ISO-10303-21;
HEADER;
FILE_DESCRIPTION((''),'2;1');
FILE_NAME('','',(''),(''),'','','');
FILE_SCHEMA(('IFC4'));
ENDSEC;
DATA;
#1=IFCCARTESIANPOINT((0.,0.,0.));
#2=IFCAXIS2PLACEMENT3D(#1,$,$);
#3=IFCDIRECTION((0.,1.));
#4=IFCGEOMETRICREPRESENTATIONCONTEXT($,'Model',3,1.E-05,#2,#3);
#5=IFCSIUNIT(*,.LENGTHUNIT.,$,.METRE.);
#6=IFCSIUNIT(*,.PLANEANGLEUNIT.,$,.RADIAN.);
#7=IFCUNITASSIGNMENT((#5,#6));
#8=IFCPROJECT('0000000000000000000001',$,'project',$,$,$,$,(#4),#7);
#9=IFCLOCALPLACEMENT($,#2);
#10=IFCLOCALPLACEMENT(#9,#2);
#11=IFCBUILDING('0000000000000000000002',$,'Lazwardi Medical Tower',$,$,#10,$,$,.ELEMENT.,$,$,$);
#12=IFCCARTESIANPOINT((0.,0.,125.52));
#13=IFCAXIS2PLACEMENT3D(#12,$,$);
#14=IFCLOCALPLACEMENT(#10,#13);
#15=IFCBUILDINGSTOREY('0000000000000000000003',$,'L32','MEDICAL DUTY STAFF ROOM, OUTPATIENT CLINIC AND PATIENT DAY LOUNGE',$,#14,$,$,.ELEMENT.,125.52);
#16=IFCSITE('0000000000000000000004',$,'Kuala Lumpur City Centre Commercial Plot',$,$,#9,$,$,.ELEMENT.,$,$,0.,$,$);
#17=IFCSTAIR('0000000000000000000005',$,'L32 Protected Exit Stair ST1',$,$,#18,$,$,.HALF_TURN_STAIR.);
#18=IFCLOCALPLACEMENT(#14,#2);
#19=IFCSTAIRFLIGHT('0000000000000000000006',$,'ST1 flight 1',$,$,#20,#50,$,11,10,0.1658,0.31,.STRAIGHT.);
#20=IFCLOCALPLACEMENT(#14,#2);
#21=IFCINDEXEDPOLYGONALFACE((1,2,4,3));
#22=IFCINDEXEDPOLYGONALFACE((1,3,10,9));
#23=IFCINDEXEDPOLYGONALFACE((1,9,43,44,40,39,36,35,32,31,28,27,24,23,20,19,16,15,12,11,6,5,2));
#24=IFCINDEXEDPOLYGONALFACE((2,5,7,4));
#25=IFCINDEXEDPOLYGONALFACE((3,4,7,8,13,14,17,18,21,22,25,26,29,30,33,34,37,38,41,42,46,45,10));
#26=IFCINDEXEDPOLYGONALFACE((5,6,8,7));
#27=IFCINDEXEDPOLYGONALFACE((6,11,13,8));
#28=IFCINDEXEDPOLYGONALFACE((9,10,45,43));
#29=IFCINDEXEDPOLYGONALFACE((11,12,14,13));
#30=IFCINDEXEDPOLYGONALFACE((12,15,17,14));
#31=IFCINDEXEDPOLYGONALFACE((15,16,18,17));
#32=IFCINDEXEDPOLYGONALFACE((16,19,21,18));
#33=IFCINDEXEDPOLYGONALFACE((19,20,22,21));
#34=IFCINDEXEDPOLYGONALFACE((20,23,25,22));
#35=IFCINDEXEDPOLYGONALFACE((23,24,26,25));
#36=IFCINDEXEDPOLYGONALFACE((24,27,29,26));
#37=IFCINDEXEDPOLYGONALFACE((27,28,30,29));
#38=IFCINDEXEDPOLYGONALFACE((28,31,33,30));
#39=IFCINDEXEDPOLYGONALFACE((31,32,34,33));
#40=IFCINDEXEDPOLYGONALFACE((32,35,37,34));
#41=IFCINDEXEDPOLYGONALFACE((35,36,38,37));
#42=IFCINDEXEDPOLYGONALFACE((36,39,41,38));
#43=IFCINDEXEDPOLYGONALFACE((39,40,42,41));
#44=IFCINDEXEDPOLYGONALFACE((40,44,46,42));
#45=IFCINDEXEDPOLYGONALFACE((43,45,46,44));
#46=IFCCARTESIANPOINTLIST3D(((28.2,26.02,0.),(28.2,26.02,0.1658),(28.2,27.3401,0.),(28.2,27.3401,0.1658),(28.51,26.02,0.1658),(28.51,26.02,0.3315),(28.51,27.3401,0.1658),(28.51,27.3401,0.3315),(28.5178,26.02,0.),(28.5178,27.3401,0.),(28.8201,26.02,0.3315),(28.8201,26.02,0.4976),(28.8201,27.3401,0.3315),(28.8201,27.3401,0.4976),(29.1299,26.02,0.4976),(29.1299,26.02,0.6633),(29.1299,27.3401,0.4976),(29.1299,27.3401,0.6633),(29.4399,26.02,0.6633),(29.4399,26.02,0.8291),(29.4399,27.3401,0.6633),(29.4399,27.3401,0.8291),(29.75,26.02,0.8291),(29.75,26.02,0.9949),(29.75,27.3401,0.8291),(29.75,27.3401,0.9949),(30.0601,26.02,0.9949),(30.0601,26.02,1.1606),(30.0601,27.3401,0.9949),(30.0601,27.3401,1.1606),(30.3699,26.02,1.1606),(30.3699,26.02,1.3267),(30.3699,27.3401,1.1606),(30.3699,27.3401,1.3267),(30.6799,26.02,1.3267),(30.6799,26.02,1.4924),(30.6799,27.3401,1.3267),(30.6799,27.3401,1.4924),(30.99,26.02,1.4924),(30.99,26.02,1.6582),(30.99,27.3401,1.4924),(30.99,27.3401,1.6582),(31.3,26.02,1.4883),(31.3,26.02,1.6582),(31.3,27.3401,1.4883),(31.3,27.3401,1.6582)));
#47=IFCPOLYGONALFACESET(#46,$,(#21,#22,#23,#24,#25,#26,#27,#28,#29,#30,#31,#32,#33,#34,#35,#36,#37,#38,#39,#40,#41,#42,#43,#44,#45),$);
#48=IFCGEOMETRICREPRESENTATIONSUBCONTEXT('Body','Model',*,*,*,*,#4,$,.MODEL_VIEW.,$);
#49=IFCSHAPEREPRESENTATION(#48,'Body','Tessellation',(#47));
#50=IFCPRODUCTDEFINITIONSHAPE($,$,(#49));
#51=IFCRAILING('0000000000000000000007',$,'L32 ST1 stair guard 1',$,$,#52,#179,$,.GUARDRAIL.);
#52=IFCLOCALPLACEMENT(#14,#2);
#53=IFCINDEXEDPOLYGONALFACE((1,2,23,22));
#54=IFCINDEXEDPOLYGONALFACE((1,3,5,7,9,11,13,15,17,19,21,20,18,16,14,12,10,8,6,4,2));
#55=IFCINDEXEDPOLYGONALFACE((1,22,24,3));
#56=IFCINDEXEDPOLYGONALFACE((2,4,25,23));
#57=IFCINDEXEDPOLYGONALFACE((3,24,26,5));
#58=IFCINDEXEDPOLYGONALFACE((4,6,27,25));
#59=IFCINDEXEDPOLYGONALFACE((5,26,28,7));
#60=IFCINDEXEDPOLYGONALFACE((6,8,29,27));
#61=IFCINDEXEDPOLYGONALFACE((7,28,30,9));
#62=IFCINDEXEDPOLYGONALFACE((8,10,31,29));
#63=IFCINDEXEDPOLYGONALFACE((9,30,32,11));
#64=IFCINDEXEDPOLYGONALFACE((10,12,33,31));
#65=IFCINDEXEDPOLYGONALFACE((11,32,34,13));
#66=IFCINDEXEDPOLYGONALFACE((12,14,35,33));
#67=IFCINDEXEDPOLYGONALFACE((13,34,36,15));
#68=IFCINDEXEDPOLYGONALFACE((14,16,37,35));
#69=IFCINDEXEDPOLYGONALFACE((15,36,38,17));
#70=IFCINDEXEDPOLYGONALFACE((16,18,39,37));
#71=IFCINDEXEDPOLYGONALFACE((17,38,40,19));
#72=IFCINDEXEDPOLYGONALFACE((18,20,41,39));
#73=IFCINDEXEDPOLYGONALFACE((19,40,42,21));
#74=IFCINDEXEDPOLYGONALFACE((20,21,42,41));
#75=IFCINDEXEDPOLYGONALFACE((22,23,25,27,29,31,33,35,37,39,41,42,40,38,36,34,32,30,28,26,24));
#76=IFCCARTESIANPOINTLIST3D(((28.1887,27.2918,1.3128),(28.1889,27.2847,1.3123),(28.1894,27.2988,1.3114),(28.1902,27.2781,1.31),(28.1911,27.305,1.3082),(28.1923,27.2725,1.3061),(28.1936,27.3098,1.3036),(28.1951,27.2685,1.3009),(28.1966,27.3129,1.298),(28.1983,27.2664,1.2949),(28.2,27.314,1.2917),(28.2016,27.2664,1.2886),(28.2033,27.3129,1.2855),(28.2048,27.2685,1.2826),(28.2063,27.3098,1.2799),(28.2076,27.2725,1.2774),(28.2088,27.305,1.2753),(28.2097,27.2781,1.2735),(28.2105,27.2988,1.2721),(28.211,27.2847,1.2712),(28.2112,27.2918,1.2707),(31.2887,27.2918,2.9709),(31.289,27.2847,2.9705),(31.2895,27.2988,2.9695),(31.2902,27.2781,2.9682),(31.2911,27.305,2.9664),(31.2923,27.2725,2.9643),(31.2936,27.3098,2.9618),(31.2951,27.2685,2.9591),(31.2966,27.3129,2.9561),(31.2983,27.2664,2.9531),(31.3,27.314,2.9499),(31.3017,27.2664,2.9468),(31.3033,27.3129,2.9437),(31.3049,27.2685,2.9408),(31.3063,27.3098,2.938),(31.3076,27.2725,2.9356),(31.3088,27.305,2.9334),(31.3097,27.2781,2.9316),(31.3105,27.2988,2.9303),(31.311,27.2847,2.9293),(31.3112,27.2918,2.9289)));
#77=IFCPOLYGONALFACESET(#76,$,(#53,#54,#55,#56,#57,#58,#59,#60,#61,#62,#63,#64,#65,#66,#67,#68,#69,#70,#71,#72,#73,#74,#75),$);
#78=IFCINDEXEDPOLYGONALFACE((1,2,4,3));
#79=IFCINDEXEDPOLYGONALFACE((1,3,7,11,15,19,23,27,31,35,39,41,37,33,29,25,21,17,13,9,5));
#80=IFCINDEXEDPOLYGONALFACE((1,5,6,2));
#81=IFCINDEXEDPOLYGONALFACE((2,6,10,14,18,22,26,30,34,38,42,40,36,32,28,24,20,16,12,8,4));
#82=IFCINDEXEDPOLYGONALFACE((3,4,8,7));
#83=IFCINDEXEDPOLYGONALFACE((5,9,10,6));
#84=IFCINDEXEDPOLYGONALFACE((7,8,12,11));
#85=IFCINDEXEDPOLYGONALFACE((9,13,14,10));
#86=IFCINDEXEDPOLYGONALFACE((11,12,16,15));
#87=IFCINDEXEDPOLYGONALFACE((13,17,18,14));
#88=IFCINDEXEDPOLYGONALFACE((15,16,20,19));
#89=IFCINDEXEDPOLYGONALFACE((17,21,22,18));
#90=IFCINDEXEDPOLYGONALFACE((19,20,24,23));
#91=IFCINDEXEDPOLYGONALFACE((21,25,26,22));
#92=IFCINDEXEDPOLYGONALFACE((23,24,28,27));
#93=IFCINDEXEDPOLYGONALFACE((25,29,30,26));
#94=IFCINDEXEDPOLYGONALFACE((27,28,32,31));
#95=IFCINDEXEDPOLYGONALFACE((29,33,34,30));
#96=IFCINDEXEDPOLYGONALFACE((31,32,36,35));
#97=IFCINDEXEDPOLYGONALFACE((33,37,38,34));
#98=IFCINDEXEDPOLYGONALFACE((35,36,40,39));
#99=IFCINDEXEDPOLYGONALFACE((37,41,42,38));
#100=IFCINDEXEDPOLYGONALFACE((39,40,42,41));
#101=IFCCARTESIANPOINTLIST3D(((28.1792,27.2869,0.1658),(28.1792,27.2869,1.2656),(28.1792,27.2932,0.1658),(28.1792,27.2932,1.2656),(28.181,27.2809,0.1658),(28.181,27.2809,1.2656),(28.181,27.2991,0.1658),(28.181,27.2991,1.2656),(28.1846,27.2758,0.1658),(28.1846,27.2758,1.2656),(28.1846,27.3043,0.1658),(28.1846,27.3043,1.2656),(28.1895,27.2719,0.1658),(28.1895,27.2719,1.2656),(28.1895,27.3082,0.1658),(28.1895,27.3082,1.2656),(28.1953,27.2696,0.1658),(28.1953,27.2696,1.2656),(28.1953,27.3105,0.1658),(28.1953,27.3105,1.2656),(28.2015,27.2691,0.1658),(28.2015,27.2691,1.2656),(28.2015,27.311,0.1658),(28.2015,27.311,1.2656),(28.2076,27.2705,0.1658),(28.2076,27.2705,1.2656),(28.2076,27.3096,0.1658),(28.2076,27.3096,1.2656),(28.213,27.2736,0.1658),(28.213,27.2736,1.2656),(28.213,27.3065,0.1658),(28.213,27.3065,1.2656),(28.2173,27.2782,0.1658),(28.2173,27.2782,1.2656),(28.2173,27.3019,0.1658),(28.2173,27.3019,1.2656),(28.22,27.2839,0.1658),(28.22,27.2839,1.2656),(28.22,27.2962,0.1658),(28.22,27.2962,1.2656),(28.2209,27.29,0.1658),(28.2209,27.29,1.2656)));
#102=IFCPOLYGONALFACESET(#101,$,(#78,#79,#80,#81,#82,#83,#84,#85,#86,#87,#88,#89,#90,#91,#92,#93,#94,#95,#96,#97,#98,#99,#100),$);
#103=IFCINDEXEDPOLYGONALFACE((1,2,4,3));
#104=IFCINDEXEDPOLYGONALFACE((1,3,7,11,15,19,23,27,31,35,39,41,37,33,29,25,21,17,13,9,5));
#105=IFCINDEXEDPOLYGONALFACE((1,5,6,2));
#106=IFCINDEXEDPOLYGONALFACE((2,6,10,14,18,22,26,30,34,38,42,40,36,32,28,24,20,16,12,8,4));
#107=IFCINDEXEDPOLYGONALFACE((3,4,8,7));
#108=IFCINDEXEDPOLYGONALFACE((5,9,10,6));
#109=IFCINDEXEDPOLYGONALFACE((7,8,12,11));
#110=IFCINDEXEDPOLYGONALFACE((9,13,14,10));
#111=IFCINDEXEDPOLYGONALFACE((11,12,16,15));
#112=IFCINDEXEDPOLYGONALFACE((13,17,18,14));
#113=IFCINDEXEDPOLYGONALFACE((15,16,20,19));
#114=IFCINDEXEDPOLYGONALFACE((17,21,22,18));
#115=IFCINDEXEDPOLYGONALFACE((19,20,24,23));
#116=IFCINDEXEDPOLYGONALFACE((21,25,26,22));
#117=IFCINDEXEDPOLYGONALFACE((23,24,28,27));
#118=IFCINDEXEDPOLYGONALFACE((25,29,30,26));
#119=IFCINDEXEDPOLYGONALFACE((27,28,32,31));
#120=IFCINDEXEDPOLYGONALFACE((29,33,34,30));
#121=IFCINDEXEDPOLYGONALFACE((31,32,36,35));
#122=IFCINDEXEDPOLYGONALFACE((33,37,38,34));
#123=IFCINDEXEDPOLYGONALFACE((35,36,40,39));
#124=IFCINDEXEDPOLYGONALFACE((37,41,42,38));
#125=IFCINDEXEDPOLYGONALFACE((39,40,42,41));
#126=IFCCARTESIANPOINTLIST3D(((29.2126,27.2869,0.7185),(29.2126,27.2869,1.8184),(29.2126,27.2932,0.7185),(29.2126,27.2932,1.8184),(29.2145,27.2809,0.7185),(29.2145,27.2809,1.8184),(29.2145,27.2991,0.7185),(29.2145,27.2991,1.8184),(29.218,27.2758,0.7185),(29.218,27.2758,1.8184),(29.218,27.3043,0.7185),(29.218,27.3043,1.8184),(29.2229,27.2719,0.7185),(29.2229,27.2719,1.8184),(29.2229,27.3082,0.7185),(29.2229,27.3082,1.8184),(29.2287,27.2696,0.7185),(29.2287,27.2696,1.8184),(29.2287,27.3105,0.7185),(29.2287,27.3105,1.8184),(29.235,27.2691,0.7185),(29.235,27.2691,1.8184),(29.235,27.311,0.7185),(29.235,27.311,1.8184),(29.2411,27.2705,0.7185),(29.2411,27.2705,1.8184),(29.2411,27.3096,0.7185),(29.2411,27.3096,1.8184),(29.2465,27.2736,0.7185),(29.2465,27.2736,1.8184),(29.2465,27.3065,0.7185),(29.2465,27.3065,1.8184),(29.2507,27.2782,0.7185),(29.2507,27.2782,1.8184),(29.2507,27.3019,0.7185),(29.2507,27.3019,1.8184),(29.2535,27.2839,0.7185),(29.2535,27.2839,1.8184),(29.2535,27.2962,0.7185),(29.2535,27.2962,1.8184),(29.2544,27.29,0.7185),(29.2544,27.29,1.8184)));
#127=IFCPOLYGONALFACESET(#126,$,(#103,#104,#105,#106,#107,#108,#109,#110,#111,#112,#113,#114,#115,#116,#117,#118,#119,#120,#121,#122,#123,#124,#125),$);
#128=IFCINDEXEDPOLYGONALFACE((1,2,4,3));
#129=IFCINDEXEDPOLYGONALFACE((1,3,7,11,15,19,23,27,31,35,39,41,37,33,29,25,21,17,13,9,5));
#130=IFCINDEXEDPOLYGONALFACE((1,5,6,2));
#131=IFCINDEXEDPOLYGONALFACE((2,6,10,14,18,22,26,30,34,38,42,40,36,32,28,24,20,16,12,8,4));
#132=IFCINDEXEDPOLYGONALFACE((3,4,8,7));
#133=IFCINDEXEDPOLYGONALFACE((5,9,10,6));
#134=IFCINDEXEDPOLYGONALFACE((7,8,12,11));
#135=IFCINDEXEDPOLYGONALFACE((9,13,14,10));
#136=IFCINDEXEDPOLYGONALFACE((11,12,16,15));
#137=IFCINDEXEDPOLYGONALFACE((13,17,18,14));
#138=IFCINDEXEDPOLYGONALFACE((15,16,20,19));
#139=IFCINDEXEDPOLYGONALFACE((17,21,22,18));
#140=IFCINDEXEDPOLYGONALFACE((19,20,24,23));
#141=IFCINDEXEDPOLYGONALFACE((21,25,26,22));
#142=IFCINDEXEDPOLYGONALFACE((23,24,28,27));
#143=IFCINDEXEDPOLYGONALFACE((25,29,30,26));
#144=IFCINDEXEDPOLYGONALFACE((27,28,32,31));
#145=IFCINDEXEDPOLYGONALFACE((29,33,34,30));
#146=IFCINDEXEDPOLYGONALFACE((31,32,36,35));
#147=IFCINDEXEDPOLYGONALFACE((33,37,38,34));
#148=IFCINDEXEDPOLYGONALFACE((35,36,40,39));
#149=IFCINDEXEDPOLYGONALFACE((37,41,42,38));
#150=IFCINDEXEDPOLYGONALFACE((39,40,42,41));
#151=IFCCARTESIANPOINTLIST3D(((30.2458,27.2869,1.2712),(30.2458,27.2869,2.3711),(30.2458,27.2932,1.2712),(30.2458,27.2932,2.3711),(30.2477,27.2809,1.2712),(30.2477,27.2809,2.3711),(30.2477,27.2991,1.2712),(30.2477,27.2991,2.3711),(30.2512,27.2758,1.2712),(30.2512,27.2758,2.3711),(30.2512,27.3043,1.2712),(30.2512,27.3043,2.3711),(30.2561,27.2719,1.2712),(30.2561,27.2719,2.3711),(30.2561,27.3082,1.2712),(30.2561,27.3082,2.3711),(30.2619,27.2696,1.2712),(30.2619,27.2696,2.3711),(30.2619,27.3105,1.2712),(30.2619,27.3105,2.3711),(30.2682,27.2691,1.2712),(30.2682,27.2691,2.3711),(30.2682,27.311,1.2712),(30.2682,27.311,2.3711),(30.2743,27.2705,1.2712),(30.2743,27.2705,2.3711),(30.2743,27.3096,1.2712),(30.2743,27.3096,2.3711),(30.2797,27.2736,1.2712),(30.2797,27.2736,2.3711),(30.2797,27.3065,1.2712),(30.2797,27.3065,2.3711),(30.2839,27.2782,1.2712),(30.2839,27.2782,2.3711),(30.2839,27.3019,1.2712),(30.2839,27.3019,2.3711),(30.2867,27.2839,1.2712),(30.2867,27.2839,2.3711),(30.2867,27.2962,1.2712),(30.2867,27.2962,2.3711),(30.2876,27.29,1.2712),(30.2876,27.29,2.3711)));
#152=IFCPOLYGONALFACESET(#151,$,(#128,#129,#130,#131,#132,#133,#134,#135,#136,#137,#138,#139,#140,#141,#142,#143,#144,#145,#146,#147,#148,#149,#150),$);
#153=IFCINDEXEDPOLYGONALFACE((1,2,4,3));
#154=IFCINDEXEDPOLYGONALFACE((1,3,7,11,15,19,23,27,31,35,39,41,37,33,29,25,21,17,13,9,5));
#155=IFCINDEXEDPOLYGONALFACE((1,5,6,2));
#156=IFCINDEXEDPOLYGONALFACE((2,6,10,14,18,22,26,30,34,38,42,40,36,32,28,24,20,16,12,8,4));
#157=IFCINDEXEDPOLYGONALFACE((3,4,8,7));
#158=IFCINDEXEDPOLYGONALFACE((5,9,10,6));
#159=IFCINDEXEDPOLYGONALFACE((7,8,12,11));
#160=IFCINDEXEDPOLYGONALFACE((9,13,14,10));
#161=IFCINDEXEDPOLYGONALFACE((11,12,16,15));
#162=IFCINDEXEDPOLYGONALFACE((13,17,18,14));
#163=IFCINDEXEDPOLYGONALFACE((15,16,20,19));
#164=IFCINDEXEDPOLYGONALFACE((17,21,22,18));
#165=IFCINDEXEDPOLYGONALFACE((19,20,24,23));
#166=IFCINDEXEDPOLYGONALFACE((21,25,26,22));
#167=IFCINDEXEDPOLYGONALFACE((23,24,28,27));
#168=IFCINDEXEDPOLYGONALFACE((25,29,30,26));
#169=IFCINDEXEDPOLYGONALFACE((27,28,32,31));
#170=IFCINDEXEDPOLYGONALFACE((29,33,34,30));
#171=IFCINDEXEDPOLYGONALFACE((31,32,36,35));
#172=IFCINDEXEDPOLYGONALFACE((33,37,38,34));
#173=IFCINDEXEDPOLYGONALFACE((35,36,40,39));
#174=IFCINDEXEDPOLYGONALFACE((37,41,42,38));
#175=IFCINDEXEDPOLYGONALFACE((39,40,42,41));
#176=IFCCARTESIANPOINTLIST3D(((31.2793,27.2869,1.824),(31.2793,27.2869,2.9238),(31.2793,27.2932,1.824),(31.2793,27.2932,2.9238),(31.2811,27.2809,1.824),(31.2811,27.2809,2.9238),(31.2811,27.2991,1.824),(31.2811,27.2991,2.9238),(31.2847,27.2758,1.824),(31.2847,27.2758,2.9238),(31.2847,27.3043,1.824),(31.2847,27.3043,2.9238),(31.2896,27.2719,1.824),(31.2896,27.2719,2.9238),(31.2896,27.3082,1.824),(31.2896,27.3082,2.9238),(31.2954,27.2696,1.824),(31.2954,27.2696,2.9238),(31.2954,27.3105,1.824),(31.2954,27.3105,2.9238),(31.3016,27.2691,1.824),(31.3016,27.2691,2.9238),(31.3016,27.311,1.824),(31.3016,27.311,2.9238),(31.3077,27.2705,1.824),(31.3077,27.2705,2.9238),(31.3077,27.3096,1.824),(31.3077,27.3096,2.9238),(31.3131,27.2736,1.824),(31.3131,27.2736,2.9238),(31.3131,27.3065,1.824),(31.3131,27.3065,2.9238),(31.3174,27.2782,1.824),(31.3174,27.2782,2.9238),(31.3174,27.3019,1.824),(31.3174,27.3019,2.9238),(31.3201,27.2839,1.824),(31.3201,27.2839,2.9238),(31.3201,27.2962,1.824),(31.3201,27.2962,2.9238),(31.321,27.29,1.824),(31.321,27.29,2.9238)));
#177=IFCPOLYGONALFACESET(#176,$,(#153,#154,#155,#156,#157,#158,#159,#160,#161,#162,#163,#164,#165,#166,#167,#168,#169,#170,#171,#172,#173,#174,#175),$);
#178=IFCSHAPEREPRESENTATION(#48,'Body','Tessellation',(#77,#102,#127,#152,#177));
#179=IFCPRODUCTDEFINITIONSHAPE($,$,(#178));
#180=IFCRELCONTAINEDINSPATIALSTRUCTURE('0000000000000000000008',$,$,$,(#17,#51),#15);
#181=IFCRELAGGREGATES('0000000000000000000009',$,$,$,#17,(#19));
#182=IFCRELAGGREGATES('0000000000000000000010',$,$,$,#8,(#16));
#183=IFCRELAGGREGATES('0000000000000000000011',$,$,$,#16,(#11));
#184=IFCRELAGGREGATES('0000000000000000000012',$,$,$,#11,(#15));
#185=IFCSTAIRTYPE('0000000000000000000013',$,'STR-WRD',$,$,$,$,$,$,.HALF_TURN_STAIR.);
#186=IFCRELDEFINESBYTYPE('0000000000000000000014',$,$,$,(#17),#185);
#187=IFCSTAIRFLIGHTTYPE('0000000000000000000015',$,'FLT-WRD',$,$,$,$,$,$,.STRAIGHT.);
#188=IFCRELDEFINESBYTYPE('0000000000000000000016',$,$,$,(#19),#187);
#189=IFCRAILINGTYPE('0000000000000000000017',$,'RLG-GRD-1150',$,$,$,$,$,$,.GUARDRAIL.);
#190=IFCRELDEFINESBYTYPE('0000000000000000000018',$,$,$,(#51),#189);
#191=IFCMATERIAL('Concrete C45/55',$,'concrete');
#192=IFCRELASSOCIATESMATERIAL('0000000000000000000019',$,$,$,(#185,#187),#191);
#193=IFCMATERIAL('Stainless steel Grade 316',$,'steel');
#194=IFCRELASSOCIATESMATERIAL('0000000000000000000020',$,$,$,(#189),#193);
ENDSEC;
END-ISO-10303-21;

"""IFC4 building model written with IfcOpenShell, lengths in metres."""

from ifc_helpers import new_model, si_unit, direction, frame, origin, origin_2d, place, context, subcontext, project, spatial, polyline, circle, outline, extrude, material, type_object, element, aggregate, save


model = new_model("IFC4")

# Units and contexts
model_context = context("Model", 3, precision=1e-05, world=origin(), true_north=direction((0.0, 1.0)))
body_context = subcontext(model_context, "Body", "Model", "MODEL_VIEW")
ifc_project = project(units=[si_unit("LENGTHUNIT", "METRE"), si_unit("PLANEANGLEUNIT", "RADIAN")], contexts=[model_context])

# Site, building, storey
site_placement = place(None, origin())
site = spatial("IfcSite", under=ifc_project, at=site_placement, Name="Kuala Lumpur City Centre Commercial Plot", CompositionType="ELEMENT", RefElevation=0.0)
building_placement = place(site_placement, origin())
building = spatial("IfcBuilding", under=site, at=building_placement, Name="Lazwardi Medical Tower", CompositionType="ELEMENT")
storey_placement = place(building_placement, frame((0.0, 0.0, 125.52)))
storey = spatial("IfcBuildingStorey", under=building, at=storey_placement, Name="L32", Description="MEDICAL DUTY STAFF ROOM, OUTPATIENT CLINIC AND PATIENT DAY LOUNGE", CompositionType="ELEMENT", Elevation=125.52)

# Stair, stair flight
ifc_material_1 = material(Name="Concrete C45/55", Category="concrete")
stair_type = type_object("IfcStairType", Name="STR-WRD", PredefinedType="HALF_TURN_STAIR", material=ifc_material_1)
stair_placement = place(storey_placement, origin())
stair = element("IfcStair", 1, at=stair_placement, inside=storey, type_object=stair_type, Name="L32 Protected Exit Stair ST1", PredefinedType="HALF_TURN_STAIR")
stair_flight_type = type_object("IfcStairFlightType", Name="FLT-WRD", PredefinedType="STRAIGHT", material=ifc_material_1)
stair_flight_placement = place(storey_placement, frame((28.2, 26.6799, 0.0), z_axis=(0.0, 0.0, 1.0), x_axis=(1.0, 0.0, 0.0)))
stair_flight = element("IfcStairFlight", 2, at=stair_flight_placement, type_object=stair_flight_type, Name="ST1 flight 1", NumberOfRisers=11, NumberOfTreads=10, PredefinedType="STRAIGHT", RiserHeight=0.1658, TreadLength=0.31, context=body_context, shape_type="SweptSolid", body=[
    extrude(outline(polyline([(0.0, 0.0), (0.0, 0.1658), (0.3101, 0.1658), (0.3101, 0.3315), (0.6201, 0.3315), (0.6201, 0.4976), (0.9299, 0.4976), (0.9299, 0.6633), (1.24, 0.6633), (1.24, 0.8291), (1.55, 0.8291), (1.55, 0.9949), (1.8601, 0.9949), (1.8601, 1.1606), (2.1699, 1.1606), (2.1699, 1.3267), (2.48, 1.3267), (2.48, 1.4924), (2.79, 1.4924), (2.79, 1.6582), (3.1001, 1.6582), (3.1001, 1.824), (3.1001, 1.4883), (0.3179, 0.0), (0.0, 0.0)])), frame((0.0, 0.6602, 0.0), z_axis=(0.0, -1.0, 0.0), x_axis=(1.0, 0.0, 0.0)), (0.0, 0.0, 1.0), 1.3201),
])
aggregate(stair, [stair_flight])

# Railing
ifc_material_2 = material(Name="Stainless steel Grade 316", Category="steel")
railing_type_1 = type_object("IfcRailingType", Name="RLG-GRD-1150", PredefinedType="GUARDRAIL", material=ifc_material_2)
railing_1_placement = place(storey_placement, frame((28.2, 27.29, 0.1658)))
element("IfcRailing", 3, at=railing_1_placement, inside=storey, type_object=railing_type_1, Name="L32 ST1 stair guard 1", PredefinedType="GUARDRAIL", context=body_context, shape_type="SweptSolid", body=[
    extrude(circle(Radius=0.0239, at=origin_2d()), frame((0.0, 0.0, 1.126), z_axis=(0.881783, 0.0, 0.471655), x_axis=(0.0, 1.0, 0.0)), (0.0, 0.0, 1.0), 3.5156),
    extrude(circle(Radius=0.021, at=origin_2d()), origin(), (0.0, 0.0, 1.0), 1.0999),
    extrude(circle(Radius=0.021, at=origin_2d()), frame((1.0334, 0.0, 0.5527)), (0.0, 0.0, 1.0), 1.0999),
    extrude(circle(Radius=0.021, at=origin_2d()), frame((2.0667, 0.0, 1.1055)), (0.0, 0.0, 1.0), 1.0999),
    extrude(circle(Radius=0.021, at=origin_2d()), frame((3.1001, 0.0, 1.6582)), (0.0, 0.0, 1.0), 1.0999),
])

save(model, "model.ifc")
